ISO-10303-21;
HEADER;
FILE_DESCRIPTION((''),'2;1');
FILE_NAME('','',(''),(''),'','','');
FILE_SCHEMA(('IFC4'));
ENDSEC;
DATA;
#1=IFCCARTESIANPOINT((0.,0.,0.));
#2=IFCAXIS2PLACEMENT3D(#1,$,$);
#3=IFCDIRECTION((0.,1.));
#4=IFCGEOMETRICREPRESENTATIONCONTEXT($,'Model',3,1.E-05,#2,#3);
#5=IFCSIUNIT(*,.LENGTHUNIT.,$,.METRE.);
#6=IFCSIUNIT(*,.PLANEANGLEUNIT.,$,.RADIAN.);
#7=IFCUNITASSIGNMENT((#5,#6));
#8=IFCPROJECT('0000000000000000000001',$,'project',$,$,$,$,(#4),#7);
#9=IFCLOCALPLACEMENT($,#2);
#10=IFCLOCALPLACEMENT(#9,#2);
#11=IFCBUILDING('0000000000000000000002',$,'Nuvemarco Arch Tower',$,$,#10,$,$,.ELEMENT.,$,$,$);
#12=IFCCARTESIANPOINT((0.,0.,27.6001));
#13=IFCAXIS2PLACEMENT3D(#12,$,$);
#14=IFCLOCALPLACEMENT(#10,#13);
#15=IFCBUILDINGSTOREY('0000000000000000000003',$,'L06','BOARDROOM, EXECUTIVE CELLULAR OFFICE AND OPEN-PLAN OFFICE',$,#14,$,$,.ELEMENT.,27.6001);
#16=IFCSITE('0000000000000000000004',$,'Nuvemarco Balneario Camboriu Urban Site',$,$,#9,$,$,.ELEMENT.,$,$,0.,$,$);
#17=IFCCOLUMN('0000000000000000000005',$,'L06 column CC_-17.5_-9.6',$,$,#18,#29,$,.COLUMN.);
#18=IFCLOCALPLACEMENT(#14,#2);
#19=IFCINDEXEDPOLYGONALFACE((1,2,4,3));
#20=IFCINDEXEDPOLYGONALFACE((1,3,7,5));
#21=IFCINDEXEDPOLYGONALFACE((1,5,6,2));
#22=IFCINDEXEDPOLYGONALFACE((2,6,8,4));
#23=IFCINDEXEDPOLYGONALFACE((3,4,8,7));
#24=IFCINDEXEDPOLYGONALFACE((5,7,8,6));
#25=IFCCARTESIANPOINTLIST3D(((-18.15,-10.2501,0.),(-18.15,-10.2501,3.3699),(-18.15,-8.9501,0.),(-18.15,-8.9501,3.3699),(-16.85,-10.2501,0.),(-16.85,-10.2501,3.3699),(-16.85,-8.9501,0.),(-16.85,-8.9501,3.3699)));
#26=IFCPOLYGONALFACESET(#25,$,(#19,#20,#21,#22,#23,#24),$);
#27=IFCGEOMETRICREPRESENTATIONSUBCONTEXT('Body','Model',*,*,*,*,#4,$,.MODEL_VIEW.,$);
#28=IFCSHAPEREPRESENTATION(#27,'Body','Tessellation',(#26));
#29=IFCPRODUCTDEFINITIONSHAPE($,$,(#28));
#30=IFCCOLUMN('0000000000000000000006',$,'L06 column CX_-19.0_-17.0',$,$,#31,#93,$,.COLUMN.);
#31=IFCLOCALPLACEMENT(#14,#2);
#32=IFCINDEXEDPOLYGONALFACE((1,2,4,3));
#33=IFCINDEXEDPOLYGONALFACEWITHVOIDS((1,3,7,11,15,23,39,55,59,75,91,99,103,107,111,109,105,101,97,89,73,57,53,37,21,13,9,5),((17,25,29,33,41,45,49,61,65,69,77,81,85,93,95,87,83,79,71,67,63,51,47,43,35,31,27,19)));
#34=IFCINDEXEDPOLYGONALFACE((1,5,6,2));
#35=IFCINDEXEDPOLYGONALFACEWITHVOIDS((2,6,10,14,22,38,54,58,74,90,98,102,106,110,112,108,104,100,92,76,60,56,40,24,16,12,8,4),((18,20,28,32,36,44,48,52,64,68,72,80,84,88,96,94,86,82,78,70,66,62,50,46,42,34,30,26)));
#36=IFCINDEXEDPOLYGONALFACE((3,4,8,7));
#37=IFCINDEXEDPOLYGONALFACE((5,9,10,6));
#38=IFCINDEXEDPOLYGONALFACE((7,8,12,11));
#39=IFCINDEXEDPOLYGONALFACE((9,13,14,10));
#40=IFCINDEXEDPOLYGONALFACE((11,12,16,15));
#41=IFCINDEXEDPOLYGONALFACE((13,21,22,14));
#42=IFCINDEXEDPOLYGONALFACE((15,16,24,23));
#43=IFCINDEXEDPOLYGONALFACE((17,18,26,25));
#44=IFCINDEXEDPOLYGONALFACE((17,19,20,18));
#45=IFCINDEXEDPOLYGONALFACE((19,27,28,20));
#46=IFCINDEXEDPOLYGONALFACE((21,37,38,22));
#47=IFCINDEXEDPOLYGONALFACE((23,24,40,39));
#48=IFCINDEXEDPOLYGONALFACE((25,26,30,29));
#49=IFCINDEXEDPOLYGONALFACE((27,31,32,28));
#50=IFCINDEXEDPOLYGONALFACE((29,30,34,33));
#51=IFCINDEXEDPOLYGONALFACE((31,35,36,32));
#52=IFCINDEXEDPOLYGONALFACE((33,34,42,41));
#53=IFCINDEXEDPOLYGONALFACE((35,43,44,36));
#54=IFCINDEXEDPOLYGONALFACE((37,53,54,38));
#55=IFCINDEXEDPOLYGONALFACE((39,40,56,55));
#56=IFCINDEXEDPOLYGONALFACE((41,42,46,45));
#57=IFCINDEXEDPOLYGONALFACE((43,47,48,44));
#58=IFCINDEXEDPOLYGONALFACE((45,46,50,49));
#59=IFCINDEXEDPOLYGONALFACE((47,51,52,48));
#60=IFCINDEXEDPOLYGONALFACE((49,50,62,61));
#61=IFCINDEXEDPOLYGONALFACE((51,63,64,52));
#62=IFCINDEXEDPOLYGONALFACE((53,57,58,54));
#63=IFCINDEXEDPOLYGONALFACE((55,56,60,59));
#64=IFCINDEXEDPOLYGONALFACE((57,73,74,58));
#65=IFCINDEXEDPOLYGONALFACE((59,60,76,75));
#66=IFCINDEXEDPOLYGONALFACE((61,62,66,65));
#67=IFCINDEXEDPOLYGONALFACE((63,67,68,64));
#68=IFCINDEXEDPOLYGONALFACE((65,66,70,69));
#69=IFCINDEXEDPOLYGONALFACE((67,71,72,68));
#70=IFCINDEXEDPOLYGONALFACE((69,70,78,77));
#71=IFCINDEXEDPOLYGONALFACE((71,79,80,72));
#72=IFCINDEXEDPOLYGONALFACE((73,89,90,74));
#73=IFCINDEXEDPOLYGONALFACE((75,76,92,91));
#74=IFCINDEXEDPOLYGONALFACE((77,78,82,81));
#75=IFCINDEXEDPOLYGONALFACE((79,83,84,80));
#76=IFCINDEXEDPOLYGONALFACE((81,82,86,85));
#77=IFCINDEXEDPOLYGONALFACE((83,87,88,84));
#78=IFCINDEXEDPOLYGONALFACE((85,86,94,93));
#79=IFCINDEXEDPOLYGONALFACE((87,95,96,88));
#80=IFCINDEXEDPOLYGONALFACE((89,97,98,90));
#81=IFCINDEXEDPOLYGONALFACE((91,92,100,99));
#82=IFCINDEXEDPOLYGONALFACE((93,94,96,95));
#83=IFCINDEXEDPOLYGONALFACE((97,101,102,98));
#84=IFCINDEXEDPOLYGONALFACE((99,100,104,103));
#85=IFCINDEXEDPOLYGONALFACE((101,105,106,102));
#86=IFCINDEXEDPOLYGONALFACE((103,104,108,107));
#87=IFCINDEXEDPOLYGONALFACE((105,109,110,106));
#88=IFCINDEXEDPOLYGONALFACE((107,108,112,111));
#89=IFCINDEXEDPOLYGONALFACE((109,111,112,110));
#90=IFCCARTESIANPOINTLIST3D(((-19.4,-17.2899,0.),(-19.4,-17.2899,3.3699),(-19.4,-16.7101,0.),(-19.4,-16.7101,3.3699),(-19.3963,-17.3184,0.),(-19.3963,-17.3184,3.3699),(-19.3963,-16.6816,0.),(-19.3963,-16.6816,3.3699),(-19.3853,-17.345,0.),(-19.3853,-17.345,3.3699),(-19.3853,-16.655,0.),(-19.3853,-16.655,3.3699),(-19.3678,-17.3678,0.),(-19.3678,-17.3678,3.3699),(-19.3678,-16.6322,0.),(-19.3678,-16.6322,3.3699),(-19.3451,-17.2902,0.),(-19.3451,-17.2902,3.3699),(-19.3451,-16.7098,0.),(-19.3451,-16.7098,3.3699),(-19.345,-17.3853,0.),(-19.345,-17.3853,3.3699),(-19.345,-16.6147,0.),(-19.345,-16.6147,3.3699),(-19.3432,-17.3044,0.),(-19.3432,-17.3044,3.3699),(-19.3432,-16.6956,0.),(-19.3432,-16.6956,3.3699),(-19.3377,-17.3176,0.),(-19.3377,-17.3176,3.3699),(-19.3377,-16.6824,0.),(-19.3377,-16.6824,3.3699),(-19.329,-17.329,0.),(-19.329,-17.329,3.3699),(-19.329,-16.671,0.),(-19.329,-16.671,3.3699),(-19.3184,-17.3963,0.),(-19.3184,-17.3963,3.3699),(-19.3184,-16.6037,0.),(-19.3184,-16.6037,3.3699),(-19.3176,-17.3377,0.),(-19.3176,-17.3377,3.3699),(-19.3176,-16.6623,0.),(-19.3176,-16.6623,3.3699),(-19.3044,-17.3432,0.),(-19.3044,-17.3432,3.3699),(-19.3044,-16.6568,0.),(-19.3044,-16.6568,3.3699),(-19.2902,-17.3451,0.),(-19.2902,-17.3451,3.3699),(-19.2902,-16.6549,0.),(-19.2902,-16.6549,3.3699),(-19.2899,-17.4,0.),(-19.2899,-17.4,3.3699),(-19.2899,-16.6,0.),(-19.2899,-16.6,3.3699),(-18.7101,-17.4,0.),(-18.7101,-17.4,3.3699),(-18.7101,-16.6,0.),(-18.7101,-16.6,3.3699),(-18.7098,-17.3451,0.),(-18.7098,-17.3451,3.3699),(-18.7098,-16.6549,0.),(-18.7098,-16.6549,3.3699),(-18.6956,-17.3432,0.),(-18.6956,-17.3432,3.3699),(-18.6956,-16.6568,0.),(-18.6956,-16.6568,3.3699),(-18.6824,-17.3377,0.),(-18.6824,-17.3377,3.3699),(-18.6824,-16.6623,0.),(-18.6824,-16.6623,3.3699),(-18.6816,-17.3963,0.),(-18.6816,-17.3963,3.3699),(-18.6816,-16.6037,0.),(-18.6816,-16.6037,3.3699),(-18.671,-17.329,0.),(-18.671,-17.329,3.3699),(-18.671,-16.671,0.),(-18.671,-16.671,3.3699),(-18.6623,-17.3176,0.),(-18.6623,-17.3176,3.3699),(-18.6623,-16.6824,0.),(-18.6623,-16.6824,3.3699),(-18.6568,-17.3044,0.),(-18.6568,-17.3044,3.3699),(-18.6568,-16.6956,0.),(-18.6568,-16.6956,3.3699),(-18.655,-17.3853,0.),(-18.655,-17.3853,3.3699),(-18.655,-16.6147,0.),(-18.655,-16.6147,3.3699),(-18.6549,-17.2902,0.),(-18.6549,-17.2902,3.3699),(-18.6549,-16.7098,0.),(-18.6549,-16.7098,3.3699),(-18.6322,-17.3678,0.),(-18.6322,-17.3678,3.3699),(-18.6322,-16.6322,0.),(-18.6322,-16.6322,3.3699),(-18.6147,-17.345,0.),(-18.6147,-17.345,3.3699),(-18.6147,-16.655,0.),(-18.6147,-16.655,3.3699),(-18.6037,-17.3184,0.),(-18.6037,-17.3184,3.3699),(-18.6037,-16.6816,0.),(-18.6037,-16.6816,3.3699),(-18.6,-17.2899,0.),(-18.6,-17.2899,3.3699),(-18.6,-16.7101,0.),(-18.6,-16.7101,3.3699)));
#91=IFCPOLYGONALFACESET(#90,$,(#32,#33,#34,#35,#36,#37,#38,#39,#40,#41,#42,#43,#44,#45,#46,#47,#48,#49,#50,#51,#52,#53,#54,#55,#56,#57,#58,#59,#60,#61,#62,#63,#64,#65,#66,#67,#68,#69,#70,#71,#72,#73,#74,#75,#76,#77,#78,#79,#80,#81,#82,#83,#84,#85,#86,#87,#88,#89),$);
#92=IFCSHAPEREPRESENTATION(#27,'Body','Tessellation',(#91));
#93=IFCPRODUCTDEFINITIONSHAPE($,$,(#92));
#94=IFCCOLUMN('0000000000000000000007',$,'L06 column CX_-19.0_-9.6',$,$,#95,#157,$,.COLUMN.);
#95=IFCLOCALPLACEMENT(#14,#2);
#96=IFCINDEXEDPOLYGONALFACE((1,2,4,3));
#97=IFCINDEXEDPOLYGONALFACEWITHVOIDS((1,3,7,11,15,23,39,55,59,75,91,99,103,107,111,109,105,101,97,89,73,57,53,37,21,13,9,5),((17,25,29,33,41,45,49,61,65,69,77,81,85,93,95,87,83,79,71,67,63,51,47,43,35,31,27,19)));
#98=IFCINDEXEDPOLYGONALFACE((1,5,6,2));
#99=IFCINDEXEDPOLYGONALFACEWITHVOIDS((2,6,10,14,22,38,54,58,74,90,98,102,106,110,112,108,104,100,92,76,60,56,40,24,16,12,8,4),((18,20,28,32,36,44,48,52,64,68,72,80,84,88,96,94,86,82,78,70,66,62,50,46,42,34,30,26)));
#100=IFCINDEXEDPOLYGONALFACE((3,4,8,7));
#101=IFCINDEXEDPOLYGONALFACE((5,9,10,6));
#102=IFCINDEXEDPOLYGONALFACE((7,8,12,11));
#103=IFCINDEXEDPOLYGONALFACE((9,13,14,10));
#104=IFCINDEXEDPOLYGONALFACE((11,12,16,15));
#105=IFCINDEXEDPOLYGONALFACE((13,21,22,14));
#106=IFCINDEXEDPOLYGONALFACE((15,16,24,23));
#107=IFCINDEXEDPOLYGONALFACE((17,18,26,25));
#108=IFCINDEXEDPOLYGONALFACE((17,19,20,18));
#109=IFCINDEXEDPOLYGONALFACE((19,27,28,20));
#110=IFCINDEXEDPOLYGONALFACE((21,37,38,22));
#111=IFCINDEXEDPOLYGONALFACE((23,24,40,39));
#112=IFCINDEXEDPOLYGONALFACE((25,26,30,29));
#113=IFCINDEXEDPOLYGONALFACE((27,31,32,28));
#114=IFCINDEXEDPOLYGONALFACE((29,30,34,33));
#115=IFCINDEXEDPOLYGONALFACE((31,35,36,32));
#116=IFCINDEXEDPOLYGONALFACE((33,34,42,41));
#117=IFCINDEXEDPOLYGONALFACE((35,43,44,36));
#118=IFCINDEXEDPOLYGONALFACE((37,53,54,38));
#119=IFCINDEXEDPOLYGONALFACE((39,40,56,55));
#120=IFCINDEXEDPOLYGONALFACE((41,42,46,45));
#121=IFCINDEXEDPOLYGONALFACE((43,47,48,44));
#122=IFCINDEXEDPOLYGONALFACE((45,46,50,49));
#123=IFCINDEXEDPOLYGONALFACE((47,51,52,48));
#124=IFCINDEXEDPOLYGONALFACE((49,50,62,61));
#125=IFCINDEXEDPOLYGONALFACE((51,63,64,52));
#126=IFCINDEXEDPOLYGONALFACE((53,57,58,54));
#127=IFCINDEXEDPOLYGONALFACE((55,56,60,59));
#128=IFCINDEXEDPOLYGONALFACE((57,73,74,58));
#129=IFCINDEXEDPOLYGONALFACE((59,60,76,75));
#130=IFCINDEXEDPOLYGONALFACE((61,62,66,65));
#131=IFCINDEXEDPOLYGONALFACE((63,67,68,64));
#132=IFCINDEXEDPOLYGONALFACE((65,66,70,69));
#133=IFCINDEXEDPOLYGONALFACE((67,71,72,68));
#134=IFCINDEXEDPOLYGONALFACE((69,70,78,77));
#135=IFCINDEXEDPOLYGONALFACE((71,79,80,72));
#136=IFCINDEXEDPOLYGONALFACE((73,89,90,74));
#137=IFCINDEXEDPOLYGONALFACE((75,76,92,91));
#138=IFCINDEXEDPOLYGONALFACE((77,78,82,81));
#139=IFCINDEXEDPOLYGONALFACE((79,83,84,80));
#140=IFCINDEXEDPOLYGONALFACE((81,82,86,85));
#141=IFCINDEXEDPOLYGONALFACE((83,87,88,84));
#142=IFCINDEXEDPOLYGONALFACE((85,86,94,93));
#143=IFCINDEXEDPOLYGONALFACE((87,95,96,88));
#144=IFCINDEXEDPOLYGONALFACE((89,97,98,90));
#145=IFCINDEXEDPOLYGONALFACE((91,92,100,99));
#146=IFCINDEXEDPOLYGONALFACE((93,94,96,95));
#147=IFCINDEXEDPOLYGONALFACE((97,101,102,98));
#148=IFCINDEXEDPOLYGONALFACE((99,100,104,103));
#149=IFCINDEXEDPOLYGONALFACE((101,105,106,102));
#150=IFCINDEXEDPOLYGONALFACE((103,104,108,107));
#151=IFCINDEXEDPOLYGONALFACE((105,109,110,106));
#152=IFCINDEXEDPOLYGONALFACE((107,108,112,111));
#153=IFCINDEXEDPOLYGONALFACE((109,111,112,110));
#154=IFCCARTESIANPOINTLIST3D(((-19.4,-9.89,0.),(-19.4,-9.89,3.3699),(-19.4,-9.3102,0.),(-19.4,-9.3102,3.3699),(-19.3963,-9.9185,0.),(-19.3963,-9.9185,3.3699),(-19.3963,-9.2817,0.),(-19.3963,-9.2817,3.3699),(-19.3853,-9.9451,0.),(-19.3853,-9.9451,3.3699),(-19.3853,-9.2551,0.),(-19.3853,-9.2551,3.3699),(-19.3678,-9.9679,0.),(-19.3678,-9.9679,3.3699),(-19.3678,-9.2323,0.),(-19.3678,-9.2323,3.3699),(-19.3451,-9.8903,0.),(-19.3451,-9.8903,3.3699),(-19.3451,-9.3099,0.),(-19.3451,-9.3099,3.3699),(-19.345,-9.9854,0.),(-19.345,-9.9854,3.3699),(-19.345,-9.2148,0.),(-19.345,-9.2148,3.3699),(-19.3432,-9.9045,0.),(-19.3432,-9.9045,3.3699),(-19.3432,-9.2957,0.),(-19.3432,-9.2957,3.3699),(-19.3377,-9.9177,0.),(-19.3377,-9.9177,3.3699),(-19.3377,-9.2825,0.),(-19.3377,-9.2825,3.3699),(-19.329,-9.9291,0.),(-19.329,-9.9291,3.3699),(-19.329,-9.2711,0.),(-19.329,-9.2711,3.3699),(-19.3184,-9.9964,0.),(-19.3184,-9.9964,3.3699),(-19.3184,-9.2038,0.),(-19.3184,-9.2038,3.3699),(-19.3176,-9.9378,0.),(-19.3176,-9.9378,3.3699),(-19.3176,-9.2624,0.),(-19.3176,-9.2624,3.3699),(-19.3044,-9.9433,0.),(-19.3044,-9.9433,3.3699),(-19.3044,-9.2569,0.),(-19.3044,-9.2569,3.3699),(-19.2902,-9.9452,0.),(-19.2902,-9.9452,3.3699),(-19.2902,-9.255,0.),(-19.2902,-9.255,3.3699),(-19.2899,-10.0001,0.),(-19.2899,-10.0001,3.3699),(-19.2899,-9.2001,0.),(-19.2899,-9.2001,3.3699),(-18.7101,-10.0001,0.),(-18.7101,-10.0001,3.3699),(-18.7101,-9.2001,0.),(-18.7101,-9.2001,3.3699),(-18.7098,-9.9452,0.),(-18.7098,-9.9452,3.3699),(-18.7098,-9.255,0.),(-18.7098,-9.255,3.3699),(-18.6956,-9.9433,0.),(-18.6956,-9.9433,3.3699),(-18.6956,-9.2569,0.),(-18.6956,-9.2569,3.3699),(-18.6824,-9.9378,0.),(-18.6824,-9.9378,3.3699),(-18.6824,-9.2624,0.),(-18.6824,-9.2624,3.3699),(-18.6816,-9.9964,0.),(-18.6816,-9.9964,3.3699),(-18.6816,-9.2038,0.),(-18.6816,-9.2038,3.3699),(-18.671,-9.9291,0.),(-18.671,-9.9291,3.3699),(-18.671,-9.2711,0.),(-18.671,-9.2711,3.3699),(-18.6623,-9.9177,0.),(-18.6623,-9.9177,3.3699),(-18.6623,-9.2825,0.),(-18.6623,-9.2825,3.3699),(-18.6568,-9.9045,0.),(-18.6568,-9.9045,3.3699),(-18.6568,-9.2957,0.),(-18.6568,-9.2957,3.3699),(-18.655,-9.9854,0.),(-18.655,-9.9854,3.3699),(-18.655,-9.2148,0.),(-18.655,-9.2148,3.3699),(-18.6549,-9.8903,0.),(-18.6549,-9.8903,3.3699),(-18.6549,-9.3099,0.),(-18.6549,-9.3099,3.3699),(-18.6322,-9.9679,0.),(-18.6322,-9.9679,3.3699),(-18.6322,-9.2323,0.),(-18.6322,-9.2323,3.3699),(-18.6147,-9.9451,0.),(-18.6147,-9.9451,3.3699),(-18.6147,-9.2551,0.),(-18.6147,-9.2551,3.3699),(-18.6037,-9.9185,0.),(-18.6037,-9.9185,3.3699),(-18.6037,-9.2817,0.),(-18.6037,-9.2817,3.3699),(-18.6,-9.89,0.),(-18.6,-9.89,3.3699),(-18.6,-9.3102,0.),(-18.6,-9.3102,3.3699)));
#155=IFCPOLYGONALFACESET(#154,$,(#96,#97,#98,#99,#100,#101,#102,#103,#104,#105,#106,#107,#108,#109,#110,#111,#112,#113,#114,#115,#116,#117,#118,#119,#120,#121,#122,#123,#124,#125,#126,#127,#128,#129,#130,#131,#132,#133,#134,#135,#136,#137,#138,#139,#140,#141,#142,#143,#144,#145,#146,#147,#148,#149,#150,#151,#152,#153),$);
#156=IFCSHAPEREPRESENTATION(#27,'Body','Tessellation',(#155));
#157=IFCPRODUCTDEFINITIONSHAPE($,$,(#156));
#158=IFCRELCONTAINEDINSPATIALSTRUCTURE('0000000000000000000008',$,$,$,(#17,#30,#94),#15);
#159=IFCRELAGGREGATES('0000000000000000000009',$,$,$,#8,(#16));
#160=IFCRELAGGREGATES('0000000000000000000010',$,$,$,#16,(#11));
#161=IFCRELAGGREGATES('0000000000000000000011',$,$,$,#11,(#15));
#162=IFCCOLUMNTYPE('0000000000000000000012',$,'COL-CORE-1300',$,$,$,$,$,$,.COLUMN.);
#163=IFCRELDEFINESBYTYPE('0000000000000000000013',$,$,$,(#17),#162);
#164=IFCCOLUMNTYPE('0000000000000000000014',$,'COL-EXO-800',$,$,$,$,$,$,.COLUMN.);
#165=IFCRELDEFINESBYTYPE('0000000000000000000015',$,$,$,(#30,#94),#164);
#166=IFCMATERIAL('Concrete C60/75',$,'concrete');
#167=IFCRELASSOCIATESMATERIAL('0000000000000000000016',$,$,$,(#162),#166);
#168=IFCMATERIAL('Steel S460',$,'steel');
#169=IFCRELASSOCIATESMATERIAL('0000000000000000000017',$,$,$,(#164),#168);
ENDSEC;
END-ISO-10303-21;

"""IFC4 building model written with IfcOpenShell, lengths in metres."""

from ifc_helpers import new_model, si_unit, direction, frame, origin, origin_2d, place, context, subcontext, project, spatial, rectangle, hollow_rectangle, extrude, material, material_profile, profile_set, type_object, element, save


model = new_model("IFC4")

# Units and contexts
model_context = context("Model", 3, precision=1e-05, world=origin(), true_north=direction((0.0, 1.0)))
body_context = subcontext(model_context, "Body", "Model", "MODEL_VIEW")
ifc_project = project(units=[si_unit("LENGTHUNIT", "METRE"), si_unit("PLANEANGLEUNIT", "RADIAN")], contexts=[model_context])

# Site, building, storey
site_placement = place(None, origin())
site = spatial("IfcSite", under=ifc_project, at=site_placement, Name="Nuvemarco Balneario Camboriu Urban Site", CompositionType="ELEMENT", RefElevation=0.0)
building_placement = place(site_placement, origin())
building = spatial("IfcBuilding", under=site, at=building_placement, Name="Nuvemarco Arch Tower", CompositionType="ELEMENT")
storey_placement = place(building_placement, frame((0.0, 0.0, 27.6001)))
storey = spatial("IfcBuildingStorey", under=building, at=storey_placement, Name="L06", Description="BOARDROOM, EXECUTIVE CELLULAR OFFICE AND OPEN-PLAN OFFICE", CompositionType="ELEMENT", Elevation=27.6001)

# Columns
ifc_material_1 = material(Name="Concrete C60/75", Category="concrete")
ifc_material_profile_1 = material_profile(ifc_material_1, rectangle(XDim=1.3, YDim=1.3, at=origin_2d()), Name="RC-COL-1300x1300")
ifc_profile_set_1 = profile_set([ifc_material_profile_1], Name="Concrete C60/75")
column_type_1 = type_object("IfcColumnType", Name="COL-CORE-1300", PredefinedType="COLUMN", material=ifc_profile_set_1)
column_1_placement = place(storey_placement, frame((-17.5, -9.6001, 0.0), z_axis=(0.0, 0.0, 1.0), x_axis=(1.0, 0.0, 0.0)))
element("IfcColumn", 1, at=column_1_placement, inside=storey, type_object=column_type_1, Name="L06 column CC_-17.5_-9.6", PredefinedType="COLUMN", context=body_context, shape_type="SweptSolid", body=[
    extrude(rectangle(XDim=1.3, YDim=1.3, at=origin_2d()), origin(), (0.0, 0.0, 1.0), 3.3699),
])
ifc_material_2 = material(Name="Steel S460", Category="steel")
ifc_material_profile_2 = material_profile(ifc_material_2, hollow_rectangle(XDim=0.8, YDim=0.8, WallThickness=0.0549, InnerFilletRadius=0.0549, OuterFilletRadius=0.1101, at=origin_2d()), Name="SHS800x800x55")
ifc_profile_set_2 = profile_set([ifc_material_profile_2], Name="Steel S460")
column_type_2 = type_object("IfcColumnType", Name="COL-EXO-800", PredefinedType="COLUMN", material=ifc_profile_set_2)
for number, where, z_axis, x_axis, name in (
    (2, (-19.0, -17.0, 0.0), (0.0, 0.0, 1.0), (1.0, 0.0, 0.0), "L06 column CX_-19.0_-17.0"),
    (3, (-19.0, -9.6001, 0.0), (0.0, 0.0, 1.0), (1.0, 0.0, 0.0), "L06 column CX_-19.0_-9.6"),
):
    element("IfcColumn", number, at=place(storey_placement, frame(where, z_axis=z_axis, x_axis=x_axis)), inside=storey, type_object=column_type_2, Name=name, PredefinedType="COLUMN", context=body_context, shape_type="SweptSolid", body=[
        extrude(hollow_rectangle(XDim=0.8, YDim=0.8, WallThickness=0.0549, InnerFilletRadius=0.0549, OuterFilletRadius=0.1101, at=origin_2d()), origin(), (0.0, 0.0, 1.0), 3.3699),
    ])

save(model, "model.ifc")
